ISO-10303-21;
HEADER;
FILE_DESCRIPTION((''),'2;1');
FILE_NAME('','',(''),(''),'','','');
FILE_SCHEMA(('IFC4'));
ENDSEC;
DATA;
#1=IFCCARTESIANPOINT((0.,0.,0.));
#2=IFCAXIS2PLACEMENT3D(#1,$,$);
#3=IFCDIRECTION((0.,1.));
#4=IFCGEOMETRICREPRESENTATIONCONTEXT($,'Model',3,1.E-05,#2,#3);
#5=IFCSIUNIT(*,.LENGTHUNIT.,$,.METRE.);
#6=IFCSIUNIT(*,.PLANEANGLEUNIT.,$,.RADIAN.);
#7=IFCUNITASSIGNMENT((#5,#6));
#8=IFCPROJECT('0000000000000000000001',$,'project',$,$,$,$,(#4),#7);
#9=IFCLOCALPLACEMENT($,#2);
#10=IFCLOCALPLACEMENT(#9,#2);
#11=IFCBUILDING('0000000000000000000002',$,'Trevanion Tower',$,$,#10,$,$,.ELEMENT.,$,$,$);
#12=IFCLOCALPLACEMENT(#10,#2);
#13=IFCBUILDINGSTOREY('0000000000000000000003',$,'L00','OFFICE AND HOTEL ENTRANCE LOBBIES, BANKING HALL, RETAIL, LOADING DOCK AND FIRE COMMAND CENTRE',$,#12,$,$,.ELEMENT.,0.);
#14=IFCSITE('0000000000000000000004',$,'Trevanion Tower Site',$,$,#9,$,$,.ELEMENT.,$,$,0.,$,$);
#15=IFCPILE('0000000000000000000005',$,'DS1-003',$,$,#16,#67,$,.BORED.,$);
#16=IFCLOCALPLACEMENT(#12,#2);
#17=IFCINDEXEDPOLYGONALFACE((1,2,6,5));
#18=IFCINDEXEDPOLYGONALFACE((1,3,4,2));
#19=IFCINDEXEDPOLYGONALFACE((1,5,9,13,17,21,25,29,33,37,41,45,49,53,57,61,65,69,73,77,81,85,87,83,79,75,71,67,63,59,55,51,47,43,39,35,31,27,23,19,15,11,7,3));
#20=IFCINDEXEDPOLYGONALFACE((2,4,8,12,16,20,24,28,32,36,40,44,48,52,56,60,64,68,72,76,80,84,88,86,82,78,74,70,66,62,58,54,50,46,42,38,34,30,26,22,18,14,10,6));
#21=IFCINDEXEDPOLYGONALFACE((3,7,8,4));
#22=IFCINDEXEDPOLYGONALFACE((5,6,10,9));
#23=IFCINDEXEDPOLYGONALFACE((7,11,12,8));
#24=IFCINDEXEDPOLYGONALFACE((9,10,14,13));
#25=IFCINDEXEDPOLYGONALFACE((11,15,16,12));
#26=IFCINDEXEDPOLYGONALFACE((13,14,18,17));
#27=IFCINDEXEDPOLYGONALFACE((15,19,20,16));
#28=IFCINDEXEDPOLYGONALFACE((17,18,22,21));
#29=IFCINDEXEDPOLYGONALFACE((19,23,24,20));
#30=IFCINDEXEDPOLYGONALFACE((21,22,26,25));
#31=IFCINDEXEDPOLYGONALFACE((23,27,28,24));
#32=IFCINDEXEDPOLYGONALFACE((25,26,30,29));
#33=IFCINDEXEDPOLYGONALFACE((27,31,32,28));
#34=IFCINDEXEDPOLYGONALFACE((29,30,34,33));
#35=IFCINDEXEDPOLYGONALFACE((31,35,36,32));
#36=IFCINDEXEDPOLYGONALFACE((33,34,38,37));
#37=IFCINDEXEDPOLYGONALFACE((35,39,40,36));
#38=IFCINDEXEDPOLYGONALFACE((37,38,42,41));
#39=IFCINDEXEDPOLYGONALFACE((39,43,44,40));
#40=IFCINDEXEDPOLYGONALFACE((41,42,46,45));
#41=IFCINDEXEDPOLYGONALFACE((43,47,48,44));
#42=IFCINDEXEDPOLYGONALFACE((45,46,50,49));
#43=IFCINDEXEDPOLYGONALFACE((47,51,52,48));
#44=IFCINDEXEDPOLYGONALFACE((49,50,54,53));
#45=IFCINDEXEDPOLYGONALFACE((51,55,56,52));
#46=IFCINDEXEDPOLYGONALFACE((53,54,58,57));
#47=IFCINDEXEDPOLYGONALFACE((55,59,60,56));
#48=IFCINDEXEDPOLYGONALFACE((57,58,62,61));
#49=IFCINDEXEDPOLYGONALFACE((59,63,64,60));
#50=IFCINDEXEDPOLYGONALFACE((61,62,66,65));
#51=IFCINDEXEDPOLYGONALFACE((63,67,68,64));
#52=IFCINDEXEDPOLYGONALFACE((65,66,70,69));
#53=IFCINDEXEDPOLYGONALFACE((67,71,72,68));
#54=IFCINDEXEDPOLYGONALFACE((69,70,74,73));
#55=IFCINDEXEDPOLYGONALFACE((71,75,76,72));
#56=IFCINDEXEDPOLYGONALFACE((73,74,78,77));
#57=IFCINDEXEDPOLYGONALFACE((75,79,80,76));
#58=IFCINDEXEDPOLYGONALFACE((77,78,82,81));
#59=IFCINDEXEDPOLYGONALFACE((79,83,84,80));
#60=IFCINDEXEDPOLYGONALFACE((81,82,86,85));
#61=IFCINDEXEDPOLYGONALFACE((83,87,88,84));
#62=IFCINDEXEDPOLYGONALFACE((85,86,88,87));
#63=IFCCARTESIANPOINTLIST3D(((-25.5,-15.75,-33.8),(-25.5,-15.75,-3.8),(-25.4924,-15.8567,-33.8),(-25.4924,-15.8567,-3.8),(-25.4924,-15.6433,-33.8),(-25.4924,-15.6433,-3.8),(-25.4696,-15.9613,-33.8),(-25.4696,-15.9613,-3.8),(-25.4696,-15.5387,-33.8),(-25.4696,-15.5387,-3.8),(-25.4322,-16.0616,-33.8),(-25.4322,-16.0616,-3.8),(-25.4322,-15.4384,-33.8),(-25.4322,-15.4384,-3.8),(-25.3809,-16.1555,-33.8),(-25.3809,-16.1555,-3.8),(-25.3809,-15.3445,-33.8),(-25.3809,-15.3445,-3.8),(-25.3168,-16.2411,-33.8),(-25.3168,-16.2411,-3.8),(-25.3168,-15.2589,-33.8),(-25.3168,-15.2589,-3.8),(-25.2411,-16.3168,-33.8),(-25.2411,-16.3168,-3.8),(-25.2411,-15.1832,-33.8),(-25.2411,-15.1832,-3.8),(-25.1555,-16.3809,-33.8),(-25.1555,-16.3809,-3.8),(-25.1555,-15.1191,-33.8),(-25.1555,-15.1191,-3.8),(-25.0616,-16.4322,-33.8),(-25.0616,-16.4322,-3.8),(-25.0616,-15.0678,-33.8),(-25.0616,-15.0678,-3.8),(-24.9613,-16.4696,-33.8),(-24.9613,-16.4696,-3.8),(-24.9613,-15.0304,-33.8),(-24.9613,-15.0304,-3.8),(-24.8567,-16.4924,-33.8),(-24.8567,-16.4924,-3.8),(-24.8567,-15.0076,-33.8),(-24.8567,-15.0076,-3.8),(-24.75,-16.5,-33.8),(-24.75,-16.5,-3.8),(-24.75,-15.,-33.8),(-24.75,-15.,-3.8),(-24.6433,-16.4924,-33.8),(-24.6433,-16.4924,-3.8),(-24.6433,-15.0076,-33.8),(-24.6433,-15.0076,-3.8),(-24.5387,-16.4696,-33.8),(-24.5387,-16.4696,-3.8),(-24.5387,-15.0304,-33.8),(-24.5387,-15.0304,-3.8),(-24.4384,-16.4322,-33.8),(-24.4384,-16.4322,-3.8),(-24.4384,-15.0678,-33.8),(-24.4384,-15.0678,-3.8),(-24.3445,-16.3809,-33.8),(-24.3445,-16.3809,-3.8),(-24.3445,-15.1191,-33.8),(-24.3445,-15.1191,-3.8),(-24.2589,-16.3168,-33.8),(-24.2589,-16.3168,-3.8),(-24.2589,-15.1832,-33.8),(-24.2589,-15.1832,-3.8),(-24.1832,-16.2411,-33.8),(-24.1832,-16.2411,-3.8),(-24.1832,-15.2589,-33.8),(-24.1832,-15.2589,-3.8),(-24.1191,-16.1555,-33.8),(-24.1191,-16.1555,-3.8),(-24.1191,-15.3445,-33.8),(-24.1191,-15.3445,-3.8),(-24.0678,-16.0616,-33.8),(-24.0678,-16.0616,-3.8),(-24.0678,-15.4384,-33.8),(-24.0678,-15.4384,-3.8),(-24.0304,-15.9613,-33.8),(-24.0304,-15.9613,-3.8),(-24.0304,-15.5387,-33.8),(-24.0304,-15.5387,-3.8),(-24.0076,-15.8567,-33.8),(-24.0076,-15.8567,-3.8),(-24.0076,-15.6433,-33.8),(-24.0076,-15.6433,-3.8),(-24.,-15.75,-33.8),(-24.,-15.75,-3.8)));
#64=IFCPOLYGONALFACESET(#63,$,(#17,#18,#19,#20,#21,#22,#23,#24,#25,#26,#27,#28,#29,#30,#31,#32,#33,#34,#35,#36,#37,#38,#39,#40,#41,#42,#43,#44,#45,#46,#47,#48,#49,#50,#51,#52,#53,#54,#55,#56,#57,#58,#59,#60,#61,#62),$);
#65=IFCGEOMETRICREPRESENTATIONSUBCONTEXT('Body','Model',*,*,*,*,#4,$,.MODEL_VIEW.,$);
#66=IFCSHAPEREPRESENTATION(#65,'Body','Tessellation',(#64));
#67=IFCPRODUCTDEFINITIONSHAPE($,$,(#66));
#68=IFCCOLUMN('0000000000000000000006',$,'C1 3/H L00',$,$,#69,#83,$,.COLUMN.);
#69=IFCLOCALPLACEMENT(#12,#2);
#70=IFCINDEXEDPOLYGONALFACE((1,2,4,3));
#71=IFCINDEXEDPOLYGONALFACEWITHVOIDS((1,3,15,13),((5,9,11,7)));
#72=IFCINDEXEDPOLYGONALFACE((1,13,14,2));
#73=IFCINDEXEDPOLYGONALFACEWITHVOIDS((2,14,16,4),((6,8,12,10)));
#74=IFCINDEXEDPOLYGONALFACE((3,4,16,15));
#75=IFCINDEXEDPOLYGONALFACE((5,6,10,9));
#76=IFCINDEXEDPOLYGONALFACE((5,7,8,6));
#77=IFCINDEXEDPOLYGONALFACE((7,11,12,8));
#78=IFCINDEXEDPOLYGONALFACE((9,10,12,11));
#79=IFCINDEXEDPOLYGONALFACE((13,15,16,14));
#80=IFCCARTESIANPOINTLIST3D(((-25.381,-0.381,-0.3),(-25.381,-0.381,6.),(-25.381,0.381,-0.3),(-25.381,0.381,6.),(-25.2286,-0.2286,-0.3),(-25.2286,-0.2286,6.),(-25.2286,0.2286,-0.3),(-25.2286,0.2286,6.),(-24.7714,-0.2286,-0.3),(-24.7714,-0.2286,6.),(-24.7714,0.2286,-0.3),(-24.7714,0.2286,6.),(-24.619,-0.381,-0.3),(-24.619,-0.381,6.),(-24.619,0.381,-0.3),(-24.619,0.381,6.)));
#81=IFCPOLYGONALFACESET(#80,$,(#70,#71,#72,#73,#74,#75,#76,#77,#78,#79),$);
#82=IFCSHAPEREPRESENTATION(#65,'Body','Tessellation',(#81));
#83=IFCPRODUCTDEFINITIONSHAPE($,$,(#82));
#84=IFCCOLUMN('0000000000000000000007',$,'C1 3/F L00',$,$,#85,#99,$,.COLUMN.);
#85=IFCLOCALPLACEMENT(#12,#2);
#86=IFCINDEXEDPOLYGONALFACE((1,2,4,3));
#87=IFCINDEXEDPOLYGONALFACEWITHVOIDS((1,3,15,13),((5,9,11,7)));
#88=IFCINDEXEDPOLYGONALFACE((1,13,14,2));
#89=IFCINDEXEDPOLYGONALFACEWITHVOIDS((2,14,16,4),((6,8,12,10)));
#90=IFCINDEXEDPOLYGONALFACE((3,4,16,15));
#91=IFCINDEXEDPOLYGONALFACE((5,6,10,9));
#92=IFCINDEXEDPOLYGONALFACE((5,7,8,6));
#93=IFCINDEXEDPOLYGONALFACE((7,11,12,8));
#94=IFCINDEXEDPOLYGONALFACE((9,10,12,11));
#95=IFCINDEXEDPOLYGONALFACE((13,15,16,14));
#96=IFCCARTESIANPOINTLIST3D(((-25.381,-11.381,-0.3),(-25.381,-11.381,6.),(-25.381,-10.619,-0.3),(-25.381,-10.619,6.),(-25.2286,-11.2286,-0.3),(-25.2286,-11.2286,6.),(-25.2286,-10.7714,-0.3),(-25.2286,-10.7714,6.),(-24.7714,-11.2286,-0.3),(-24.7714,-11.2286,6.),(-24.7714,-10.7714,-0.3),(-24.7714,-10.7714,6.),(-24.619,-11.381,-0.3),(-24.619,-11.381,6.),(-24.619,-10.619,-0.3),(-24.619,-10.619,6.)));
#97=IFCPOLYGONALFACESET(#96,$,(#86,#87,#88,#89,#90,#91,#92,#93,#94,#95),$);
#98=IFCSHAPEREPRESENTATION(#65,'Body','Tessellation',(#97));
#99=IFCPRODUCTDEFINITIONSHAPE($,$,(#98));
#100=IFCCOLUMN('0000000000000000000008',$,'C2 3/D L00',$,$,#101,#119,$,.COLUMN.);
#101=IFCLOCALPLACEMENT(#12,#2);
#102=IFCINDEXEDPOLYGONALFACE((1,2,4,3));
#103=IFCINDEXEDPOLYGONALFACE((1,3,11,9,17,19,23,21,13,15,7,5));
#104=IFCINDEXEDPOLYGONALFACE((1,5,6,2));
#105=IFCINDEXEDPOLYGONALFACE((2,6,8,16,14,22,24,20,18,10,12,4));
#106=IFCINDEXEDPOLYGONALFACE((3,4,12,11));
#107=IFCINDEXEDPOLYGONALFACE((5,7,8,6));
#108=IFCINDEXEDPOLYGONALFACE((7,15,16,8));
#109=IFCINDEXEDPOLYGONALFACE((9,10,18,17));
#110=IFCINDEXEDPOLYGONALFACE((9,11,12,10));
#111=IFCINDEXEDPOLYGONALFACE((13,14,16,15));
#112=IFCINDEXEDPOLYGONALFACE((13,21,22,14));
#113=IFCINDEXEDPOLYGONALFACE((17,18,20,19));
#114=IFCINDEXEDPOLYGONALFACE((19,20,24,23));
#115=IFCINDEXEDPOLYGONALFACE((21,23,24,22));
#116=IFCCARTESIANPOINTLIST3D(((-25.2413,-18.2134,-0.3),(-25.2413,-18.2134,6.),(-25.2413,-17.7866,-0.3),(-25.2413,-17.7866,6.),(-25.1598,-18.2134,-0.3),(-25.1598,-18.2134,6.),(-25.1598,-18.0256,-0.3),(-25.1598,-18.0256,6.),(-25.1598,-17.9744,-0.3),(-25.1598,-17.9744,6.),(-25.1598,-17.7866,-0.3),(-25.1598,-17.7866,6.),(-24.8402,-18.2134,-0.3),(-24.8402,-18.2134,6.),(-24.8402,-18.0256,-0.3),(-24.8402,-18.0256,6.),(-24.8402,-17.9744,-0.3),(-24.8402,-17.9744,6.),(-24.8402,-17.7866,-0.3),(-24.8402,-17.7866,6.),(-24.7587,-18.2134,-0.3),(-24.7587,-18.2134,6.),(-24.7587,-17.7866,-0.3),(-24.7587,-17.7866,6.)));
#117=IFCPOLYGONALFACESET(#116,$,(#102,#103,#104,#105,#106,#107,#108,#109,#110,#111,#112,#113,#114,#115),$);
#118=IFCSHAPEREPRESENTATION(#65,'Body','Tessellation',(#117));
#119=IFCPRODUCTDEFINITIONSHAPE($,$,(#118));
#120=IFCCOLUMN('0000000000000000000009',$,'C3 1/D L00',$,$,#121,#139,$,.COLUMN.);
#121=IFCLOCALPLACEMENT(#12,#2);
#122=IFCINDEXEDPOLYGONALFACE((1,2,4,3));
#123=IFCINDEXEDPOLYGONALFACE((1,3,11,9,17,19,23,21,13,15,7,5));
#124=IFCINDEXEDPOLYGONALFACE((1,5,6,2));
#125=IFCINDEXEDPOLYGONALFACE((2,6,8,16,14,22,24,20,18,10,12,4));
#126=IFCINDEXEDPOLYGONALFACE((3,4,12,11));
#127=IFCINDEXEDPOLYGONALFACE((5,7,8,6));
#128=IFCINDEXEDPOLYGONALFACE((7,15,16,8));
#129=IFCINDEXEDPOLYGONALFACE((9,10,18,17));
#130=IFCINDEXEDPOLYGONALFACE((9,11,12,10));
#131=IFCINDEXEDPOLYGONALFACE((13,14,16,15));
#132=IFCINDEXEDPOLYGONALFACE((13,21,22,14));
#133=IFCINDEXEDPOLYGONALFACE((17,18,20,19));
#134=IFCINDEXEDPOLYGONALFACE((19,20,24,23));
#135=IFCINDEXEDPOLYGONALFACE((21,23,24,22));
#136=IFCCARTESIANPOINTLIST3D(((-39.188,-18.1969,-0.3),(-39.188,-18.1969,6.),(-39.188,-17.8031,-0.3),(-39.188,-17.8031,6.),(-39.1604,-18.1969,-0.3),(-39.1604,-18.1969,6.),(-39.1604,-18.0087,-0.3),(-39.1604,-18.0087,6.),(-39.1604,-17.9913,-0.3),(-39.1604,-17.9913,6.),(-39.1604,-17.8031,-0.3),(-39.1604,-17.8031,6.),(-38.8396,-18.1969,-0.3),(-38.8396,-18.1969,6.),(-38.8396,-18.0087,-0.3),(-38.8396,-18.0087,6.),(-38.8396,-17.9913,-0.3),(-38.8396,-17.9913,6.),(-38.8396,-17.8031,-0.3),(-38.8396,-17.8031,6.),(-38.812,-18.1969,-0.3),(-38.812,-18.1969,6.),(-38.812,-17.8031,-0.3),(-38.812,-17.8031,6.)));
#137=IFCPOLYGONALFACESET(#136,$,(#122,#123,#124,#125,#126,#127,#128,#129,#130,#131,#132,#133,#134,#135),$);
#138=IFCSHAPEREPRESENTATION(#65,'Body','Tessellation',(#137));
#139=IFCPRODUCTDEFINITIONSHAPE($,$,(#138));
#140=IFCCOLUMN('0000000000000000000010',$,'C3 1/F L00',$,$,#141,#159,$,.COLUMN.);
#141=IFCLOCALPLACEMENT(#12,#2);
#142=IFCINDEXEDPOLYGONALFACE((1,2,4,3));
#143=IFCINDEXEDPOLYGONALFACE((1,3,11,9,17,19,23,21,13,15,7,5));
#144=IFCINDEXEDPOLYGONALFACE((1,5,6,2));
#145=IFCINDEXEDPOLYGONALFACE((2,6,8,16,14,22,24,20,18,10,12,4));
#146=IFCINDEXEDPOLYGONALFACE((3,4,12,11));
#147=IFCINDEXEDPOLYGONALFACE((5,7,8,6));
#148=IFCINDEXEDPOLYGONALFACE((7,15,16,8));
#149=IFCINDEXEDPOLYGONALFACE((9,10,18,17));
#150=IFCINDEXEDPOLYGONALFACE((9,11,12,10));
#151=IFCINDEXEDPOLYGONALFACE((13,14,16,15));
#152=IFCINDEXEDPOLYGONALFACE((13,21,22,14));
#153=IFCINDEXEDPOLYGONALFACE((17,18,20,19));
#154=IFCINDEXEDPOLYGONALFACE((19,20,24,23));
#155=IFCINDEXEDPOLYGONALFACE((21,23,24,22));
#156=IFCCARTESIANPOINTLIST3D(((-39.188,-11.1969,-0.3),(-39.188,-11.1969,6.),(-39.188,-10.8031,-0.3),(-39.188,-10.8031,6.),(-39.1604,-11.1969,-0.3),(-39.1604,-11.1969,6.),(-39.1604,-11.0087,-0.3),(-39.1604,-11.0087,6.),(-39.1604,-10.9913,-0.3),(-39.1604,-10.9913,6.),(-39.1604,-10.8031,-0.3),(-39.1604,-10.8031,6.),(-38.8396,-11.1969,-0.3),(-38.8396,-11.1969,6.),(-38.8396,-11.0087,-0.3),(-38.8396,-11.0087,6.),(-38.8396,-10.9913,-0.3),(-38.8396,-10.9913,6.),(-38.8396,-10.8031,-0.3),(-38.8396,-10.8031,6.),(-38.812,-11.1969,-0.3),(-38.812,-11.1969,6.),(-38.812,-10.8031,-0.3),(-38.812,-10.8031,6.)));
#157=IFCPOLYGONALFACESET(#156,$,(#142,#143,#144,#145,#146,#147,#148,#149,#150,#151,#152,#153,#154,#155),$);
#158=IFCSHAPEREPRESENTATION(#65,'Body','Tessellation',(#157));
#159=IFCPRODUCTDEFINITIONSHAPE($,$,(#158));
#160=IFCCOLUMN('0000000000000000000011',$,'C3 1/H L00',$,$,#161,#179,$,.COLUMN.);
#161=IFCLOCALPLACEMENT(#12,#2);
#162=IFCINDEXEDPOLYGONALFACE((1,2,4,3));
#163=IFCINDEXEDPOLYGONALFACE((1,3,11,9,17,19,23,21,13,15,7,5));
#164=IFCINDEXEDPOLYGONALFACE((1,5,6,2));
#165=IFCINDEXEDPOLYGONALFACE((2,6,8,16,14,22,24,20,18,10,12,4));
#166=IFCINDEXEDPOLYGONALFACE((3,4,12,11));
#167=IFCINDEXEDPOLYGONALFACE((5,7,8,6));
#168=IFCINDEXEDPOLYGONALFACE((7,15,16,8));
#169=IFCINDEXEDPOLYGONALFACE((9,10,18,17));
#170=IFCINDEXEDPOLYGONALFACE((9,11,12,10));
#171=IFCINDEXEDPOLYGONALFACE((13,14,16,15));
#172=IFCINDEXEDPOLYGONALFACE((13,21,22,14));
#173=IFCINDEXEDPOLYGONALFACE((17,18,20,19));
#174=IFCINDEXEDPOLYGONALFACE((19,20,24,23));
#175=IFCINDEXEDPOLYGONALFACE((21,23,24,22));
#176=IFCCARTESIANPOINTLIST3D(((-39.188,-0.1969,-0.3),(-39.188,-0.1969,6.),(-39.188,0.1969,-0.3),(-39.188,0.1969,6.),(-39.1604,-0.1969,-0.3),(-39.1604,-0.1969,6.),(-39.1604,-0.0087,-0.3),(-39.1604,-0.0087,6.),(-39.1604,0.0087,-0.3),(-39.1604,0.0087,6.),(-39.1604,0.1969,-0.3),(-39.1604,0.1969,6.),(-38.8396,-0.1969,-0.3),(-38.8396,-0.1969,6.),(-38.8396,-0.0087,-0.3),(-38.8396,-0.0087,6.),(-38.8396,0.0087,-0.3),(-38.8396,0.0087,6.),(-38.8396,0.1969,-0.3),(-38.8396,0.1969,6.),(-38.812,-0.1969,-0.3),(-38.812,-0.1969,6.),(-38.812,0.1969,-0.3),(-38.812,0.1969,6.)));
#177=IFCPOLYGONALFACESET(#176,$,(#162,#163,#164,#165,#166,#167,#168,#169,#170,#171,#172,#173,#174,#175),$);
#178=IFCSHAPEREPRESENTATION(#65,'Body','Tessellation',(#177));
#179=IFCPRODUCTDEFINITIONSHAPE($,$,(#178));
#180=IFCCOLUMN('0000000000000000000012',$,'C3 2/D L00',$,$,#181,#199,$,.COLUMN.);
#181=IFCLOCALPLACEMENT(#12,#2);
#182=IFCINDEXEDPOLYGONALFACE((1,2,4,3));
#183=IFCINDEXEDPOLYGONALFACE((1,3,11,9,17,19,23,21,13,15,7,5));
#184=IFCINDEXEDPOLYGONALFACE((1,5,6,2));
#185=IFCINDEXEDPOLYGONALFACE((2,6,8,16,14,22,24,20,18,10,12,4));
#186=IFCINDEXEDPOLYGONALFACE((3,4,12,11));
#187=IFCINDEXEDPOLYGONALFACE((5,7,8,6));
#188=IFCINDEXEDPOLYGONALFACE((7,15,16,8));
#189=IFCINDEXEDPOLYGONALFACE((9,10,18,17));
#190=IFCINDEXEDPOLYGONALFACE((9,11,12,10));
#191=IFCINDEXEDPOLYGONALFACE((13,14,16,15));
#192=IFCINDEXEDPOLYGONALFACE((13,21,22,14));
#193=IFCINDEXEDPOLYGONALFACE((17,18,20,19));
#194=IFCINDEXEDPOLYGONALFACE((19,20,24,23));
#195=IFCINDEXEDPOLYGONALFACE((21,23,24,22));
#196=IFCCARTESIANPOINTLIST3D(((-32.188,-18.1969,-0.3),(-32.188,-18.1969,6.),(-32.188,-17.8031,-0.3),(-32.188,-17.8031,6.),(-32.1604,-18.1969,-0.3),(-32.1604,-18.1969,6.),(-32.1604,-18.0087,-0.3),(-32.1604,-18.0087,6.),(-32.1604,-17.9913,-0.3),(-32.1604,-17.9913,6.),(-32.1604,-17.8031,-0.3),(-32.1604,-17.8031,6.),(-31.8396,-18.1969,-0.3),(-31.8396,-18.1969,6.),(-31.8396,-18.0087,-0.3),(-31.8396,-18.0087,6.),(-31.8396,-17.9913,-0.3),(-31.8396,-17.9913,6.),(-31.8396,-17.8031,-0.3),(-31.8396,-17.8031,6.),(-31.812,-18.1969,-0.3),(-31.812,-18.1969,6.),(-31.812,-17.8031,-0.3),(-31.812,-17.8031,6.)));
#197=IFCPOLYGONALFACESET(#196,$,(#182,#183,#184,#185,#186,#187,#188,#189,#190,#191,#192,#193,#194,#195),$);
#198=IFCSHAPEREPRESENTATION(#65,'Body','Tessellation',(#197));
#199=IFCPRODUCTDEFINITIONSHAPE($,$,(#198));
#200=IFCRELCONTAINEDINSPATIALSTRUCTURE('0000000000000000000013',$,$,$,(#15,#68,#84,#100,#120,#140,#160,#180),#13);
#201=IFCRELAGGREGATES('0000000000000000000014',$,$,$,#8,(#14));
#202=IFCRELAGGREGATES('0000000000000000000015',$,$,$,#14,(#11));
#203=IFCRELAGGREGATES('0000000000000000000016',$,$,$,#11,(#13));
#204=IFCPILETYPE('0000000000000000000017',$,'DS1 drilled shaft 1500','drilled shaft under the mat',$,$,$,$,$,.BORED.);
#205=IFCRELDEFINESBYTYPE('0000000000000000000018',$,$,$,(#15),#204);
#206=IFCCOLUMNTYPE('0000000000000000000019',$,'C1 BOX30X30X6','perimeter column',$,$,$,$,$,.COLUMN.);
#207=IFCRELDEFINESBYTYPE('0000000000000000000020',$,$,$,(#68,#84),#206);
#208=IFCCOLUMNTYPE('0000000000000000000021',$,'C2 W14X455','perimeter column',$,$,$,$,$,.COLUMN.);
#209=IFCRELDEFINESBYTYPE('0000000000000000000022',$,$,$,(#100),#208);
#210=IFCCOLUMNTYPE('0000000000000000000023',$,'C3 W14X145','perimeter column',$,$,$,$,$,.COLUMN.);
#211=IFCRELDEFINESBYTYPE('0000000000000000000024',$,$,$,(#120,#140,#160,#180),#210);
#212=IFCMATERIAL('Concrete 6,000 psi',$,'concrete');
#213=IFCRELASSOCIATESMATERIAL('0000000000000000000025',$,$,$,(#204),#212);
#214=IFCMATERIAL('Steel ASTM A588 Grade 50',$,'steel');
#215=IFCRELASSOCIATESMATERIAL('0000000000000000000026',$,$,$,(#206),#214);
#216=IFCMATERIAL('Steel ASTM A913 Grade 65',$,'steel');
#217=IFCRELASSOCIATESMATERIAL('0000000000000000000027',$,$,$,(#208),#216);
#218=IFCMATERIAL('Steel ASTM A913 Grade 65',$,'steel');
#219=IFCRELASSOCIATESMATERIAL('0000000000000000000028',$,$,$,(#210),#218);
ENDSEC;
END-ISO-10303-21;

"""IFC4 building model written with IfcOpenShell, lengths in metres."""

from ifc_helpers import new_model, si_unit, direction, frame, origin, origin_2d, place, context, subcontext, project, spatial, hollow_rectangle, circle, i_section, extrude, material, material_profile, profile_set, type_object, element, save


model = new_model("IFC4")

# Units and contexts
model_context = context("Model", 3, precision=1e-05, world=origin(), true_north=direction((0.0, 1.0)))
body_context = subcontext(model_context, "Body", "Model", "MODEL_VIEW")
ifc_project = project(units=[si_unit("LENGTHUNIT", "METRE"), si_unit("PLANEANGLEUNIT", "RADIAN")], contexts=[model_context])

# Site, building, storey
site_placement = place(None, origin())
site = spatial("IfcSite", under=ifc_project, at=site_placement, Name="Trevanion Tower Site", CompositionType="ELEMENT", RefElevation=0.0)
building_placement = place(site_placement, origin())
building = spatial("IfcBuilding", under=site, at=building_placement, Name="Trevanion Tower", CompositionType="ELEMENT")
storey_placement = place(building_placement, origin())
storey = spatial("IfcBuildingStorey", under=building, at=storey_placement, Name="L00", Description="OFFICE AND HOTEL ENTRANCE LOBBIES, BANKING HALL, RETAIL, LOADING DOCK AND FIRE COMMAND CENTRE", CompositionType="ELEMENT", Elevation=0.0)

# Pile
ifc_material_1 = material(Name="Concrete 6,000 psi", Category="concrete")
ifc_material_profile_1 = material_profile(ifc_material_1, circle(Radius=0.75, at=origin_2d()), Name="DS1 drilled shaft 1500")
ifc_profile_set_1 = profile_set([ifc_material_profile_1], Name="Concrete 6,000 psi")
pile_type_1 = type_object("IfcPileType", Name="DS1 drilled shaft 1500", Description="drilled shaft under the mat", PredefinedType="BORED", material=ifc_profile_set_1)
pile_placement = place(storey_placement, frame((-24.75, -15.75, -3.8), z_axis=(0.0, 0.0, -1.0), x_axis=(1.0, 0.0, 0.0)))
element("IfcPile", 1, at=pile_placement, inside=storey, type_object=pile_type_1, Name="DS1-003", PredefinedType="BORED", context=body_context, shape_type="SweptSolid", body=[
    extrude(circle(Radius=0.75, at=origin_2d()), origin(), (0.0, 0.0, 1.0), 30.0),
])

# Columns
ifc_material_2 = material(Name="Steel ASTM A588 Grade 50", Category="steel")
ifc_material_profile_2 = material_profile(ifc_material_2, hollow_rectangle(XDim=0.762, YDim=0.762, WallThickness=0.1523, at=origin_2d()), Name="BOX30X30X6")
ifc_profile_set_2 = profile_set([ifc_material_profile_2], Name="Steel ASTM A588 Grade 50")
column_type_1 = type_object("IfcColumnType", Name="C1 BOX30X30X6", Description="perimeter column", PredefinedType="COLUMN", material=ifc_profile_set_2)
for number, where, z_axis, x_axis, name in (
    (2, (-25.0, 0.0, -0.3), (0.0, 0.0, 1.0), (0.0, 1.0, 0.0), "C1 3/H L00"),
    (3, (-25.0, -11.0, -0.3), (0.0, 0.0, 1.0), (0.0, 1.0, 0.0), "C1 3/F L00"),
):
    element("IfcColumn", number, at=place(storey_placement, frame(where, z_axis=z_axis, x_axis=x_axis)), inside=storey, type_object=column_type_1, Name=name, PredefinedType="COLUMN", context=body_context, shape_type="SweptSolid", body=[
        extrude(hollow_rectangle(XDim=0.762, YDim=0.762, WallThickness=0.1523, at=origin_2d()), origin(), (0.0, 0.0, 1.0), 6.3),
    ])
ifc_material_3 = material(Name="Steel ASTM A913 Grade 65", Category="steel")
ifc_material_profile_3 = material_profile(ifc_material_3, i_section(OverallWidth=0.4268, OverallDepth=0.4827, WebThickness=0.0513, FlangeThickness=0.0815, at=origin_2d()), Name="W14X455")
ifc_profile_set_3 = profile_set([ifc_material_profile_3], Name="Steel ASTM A913 Grade 65")
column_type_2 = type_object("IfcColumnType", Name="C2 W14X455", Description="perimeter column", PredefinedType="COLUMN", material=ifc_profile_set_3)
column_placement = place(storey_placement, frame((-25.0, -18.0, -0.3), z_axis=(0.0, 0.0, 1.0), x_axis=(0.0, 1.0, 0.0)))
element("IfcColumn", 4, at=column_placement, inside=storey, type_object=column_type_2, Name="C2 3/D L00", PredefinedType="COLUMN", context=body_context, shape_type="SweptSolid", body=[
    extrude(i_section(OverallWidth=0.4268, OverallDepth=0.4827, WebThickness=0.0513, FlangeThickness=0.0815, at=origin_2d()), origin(), (0.0, 0.0, 1.0), 6.3),
])
ifc_material_4 = material(Name="Steel ASTM A913 Grade 65", Category="steel")
ifc_material_profile_4 = material_profile(ifc_material_4, i_section(OverallWidth=0.3938, OverallDepth=0.376, WebThickness=0.0173, FlangeThickness=0.0276, at=origin_2d()), Name="W14X145")
ifc_profile_set_4 = profile_set([ifc_material_profile_4], Name="Steel ASTM A913 Grade 65")
column_type_3 = type_object("IfcColumnType", Name="C3 W14X145", Description="perimeter column", PredefinedType="COLUMN", material=ifc_profile_set_4)
for number, where, z_axis, x_axis, name in (
    (5, (-39.0, -18.0, -0.3), (0.0, 0.0, 1.0), (0.0, 1.0, 0.0), "C3 1/D L00"),
    (6, (-39.0, -11.0, -0.3), (0.0, 0.0, 1.0), (0.0, 1.0, 0.0), "C3 1/F L00"),
    (7, (-39.0, 0.0, -0.3), (0.0, 0.0, 1.0), (0.0, 1.0, 0.0), "C3 1/H L00"),
    (8, (-32.0, -18.0, -0.3), (0.0, 0.0, 1.0), (0.0, 1.0, 0.0), "C3 2/D L00"),
):
    element("IfcColumn", number, at=place(storey_placement, frame(where, z_axis=z_axis, x_axis=x_axis)), inside=storey, type_object=column_type_3, Name=name, PredefinedType="COLUMN", context=body_context, shape_type="SweptSolid", body=[
        extrude(i_section(OverallWidth=0.3938, OverallDepth=0.376, WebThickness=0.0173, FlangeThickness=0.0276, at=origin_2d()), origin(), (0.0, 0.0, 1.0), 6.3),
    ])

save(model, "model.ifc")
